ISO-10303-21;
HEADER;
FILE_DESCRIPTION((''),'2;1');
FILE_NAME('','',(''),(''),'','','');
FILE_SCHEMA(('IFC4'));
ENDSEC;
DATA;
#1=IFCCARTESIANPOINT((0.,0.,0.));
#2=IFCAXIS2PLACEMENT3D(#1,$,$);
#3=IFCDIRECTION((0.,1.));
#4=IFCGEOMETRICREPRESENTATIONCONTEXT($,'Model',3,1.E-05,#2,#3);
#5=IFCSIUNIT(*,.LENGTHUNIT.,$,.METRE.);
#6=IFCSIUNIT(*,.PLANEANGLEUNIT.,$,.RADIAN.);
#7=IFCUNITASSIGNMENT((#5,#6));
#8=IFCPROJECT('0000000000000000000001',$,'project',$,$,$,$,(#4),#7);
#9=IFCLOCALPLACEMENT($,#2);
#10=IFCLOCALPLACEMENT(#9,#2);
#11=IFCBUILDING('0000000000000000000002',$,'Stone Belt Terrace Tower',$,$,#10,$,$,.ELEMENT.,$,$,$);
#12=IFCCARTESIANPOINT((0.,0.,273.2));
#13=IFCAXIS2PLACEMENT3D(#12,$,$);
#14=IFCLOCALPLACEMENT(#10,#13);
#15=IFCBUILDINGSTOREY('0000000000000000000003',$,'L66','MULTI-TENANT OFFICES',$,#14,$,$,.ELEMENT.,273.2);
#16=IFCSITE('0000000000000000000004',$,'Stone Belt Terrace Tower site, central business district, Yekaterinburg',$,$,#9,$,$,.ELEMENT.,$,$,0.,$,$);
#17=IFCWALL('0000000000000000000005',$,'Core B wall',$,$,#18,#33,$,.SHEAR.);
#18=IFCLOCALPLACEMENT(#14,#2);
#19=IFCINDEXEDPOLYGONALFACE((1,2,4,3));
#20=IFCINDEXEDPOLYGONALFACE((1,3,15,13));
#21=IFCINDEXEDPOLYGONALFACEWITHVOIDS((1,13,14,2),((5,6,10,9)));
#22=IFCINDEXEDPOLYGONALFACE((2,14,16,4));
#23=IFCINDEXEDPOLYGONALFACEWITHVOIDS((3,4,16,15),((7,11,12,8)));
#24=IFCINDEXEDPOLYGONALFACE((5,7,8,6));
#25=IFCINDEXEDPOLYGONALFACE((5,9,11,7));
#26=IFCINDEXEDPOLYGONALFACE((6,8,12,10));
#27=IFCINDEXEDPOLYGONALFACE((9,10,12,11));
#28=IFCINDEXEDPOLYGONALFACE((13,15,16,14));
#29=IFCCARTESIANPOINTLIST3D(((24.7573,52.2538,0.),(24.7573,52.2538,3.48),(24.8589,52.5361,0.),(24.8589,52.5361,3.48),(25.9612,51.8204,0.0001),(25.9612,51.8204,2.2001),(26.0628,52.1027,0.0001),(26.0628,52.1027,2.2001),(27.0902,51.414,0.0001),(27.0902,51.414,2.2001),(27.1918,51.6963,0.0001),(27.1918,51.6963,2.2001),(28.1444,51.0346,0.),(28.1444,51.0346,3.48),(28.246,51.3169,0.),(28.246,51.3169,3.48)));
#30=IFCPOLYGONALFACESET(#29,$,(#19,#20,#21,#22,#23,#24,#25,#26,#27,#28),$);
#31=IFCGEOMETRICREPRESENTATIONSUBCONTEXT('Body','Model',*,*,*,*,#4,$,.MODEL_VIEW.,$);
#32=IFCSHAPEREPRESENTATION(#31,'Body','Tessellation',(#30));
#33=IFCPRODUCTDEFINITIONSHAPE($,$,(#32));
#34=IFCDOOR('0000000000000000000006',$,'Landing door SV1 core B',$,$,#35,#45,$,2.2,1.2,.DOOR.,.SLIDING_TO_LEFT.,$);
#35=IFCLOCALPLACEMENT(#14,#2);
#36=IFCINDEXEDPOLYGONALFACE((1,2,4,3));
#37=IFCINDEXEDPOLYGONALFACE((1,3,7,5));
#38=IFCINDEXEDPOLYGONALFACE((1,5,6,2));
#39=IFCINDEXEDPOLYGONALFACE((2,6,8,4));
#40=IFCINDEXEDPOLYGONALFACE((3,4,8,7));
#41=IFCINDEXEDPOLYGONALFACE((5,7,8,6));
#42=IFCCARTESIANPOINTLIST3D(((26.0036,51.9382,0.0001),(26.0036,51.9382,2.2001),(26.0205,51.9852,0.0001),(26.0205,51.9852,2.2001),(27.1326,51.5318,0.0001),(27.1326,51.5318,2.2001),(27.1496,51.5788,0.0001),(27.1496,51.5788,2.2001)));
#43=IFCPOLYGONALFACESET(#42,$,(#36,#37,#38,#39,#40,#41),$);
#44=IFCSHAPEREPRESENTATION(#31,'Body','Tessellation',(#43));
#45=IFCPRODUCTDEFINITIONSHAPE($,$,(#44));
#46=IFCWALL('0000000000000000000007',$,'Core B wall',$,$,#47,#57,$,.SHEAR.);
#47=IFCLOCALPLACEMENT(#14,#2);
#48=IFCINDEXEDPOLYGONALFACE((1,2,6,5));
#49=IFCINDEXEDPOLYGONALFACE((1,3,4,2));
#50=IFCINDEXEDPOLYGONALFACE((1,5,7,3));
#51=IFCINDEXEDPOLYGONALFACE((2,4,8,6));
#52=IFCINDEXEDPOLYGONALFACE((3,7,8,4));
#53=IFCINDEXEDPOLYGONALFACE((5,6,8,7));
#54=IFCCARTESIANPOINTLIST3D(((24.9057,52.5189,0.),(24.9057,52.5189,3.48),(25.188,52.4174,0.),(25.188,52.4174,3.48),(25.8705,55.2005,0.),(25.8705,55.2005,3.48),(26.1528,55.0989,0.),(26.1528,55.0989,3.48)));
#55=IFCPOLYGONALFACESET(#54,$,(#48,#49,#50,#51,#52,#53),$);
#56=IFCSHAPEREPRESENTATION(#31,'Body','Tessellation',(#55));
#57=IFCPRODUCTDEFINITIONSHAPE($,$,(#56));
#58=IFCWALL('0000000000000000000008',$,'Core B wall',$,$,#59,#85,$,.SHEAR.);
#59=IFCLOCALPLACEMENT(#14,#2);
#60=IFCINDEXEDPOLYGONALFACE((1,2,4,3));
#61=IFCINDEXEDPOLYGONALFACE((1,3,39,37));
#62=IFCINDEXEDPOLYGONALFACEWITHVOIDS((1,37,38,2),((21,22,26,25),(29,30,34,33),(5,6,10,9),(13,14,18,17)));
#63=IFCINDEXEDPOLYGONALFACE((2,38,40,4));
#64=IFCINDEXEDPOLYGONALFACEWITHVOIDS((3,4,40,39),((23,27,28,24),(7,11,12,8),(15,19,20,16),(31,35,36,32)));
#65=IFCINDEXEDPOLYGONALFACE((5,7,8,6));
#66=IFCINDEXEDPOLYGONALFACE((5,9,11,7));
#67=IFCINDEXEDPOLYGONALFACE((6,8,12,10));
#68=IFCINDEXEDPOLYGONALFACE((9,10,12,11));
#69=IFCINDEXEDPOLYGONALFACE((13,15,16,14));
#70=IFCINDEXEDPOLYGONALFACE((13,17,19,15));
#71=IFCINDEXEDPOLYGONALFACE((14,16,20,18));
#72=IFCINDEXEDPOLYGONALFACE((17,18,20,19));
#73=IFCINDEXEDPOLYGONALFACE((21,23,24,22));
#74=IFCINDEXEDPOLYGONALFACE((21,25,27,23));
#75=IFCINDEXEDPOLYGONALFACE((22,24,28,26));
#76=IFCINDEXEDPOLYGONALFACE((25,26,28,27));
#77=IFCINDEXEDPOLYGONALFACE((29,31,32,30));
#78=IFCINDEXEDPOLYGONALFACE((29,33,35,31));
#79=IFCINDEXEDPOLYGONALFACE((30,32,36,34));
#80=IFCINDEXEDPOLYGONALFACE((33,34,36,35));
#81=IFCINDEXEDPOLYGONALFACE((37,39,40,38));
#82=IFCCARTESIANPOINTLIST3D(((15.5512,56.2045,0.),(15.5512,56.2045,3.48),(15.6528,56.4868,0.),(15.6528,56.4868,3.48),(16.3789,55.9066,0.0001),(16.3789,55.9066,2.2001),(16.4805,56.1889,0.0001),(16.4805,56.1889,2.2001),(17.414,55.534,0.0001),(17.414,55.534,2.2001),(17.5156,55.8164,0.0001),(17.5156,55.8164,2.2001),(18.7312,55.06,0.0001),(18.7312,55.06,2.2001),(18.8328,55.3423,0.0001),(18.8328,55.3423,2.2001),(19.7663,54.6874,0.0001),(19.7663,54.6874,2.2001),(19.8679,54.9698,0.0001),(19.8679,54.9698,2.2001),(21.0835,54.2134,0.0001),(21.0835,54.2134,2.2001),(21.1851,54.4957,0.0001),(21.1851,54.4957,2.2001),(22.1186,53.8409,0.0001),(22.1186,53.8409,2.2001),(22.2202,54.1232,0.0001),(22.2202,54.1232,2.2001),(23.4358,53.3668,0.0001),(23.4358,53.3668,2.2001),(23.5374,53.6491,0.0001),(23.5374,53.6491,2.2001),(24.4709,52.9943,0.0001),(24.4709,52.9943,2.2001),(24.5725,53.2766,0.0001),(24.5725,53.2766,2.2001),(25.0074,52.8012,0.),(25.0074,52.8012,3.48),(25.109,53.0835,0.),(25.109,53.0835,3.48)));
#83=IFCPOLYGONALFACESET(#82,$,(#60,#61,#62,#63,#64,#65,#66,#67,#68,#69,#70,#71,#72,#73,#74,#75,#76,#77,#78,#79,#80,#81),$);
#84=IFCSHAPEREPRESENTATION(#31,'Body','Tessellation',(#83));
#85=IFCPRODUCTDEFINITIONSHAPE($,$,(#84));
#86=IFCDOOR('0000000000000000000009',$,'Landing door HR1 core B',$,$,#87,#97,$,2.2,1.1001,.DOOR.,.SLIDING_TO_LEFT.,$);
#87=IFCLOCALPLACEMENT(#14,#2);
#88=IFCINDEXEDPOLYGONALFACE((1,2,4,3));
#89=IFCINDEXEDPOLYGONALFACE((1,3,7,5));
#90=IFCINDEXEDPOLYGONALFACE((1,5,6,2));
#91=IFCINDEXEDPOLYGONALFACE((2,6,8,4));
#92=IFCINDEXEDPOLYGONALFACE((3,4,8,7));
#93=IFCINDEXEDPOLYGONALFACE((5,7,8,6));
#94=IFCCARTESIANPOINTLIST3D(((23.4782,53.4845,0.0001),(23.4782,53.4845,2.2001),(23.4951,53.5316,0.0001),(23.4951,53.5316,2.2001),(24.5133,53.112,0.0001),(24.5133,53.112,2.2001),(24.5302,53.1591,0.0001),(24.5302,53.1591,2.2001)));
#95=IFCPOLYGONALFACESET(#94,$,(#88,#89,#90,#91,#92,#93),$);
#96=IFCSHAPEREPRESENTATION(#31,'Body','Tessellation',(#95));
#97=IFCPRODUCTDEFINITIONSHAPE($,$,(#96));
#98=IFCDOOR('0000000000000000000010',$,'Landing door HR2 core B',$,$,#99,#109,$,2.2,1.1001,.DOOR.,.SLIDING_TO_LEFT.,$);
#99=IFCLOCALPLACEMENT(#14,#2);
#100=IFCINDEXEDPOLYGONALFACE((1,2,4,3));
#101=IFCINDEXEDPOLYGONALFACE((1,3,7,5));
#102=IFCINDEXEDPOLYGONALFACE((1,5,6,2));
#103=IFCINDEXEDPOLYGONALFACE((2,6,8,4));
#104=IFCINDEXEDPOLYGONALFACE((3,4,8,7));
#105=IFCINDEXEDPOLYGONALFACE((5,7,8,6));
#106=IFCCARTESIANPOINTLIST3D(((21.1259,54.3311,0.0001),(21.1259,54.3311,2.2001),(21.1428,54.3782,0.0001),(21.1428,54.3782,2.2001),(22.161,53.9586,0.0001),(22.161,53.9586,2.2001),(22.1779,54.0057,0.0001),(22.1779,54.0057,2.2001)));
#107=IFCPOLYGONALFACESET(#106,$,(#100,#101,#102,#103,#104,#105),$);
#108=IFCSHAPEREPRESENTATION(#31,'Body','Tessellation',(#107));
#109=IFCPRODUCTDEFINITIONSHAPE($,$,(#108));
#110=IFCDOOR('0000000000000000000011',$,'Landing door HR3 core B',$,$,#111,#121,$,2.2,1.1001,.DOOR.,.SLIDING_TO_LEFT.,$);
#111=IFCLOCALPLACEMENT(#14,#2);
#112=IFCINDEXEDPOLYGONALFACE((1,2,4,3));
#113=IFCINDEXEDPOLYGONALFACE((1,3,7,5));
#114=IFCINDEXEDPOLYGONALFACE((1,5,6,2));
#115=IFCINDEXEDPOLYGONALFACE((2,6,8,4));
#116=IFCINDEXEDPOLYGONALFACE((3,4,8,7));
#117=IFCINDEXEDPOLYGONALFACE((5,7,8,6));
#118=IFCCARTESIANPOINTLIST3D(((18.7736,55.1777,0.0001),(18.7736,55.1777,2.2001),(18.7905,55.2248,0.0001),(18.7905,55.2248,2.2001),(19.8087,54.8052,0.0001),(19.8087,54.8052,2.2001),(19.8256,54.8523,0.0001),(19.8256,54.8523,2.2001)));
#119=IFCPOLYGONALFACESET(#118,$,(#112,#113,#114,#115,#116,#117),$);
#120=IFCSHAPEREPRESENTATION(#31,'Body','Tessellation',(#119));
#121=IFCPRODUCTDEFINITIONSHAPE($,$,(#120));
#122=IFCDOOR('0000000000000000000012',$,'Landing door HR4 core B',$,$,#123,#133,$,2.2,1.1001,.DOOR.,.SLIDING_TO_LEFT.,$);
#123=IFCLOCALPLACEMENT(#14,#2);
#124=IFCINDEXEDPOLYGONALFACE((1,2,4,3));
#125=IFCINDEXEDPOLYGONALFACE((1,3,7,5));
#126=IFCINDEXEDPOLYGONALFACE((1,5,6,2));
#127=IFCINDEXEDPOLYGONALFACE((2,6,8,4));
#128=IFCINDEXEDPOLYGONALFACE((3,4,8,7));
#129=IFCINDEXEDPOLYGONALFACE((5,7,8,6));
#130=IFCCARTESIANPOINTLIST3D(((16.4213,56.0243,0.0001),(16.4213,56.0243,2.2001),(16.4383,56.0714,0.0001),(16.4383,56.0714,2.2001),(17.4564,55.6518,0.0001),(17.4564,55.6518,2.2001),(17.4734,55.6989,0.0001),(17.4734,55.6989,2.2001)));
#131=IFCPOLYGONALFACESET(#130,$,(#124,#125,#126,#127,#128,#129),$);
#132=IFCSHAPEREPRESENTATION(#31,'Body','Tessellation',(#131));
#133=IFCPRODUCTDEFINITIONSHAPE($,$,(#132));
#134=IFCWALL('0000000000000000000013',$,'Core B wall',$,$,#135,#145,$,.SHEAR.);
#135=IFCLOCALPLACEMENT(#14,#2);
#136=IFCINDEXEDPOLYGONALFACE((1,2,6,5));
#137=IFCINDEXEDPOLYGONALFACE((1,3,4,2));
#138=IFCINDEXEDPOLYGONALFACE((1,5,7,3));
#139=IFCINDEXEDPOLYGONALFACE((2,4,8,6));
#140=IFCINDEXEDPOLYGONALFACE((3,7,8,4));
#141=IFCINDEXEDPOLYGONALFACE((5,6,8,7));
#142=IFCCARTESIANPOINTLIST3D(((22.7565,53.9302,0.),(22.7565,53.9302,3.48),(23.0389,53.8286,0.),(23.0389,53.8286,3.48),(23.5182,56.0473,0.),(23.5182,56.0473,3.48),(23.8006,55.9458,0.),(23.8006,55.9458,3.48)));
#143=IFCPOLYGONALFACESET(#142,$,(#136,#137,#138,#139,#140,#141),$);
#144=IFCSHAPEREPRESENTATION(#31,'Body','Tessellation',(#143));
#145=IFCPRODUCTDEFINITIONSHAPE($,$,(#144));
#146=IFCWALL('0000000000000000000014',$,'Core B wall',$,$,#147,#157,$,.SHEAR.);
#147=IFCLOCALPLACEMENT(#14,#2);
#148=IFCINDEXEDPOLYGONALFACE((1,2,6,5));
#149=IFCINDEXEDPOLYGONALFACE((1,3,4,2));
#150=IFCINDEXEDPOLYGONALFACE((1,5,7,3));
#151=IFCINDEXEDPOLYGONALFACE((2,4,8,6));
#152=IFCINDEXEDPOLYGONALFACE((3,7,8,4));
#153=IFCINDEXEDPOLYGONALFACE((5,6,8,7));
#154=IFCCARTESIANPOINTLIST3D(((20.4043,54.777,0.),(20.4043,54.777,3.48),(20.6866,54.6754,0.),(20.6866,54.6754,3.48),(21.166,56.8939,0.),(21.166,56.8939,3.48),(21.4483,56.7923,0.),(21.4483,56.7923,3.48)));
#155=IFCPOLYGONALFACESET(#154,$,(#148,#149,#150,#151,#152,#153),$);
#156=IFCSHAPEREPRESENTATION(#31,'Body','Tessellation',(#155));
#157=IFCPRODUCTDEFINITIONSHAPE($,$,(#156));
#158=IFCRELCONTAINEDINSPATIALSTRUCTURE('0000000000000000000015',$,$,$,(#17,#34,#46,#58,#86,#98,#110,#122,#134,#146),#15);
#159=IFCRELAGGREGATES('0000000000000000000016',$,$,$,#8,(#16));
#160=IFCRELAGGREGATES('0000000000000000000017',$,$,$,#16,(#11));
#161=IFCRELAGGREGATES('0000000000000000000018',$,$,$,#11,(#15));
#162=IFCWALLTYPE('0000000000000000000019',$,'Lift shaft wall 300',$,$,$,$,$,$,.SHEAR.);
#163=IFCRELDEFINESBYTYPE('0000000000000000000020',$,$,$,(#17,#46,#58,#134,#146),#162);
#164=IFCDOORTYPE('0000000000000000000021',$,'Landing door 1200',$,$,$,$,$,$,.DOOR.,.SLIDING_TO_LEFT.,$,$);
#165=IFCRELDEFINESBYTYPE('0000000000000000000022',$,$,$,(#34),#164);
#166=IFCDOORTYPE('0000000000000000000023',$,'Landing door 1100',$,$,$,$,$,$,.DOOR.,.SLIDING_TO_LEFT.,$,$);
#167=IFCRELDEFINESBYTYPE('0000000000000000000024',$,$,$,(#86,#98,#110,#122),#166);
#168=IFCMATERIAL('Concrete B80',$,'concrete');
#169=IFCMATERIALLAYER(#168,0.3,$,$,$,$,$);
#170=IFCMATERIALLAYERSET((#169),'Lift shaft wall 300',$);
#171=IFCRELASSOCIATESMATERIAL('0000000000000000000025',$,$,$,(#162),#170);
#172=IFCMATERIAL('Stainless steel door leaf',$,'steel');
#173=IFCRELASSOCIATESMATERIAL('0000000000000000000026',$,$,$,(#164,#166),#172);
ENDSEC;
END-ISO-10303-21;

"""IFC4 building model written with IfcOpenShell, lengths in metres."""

from ifc_helpers import new_model, si_unit, direction, frame, frame_2d, origin, place, context, subcontext, project, spatial, rectangle, extrude, material, layer, layer_set, type_object, element, fill, save


model = new_model("IFC4")

# Units and contexts
model_context = context("Model", 3, precision=1e-05, world=origin(), true_north=direction((0.0, 1.0)))
body_context = subcontext(model_context, "Body", "Model", "MODEL_VIEW")
ifc_project = project(units=[si_unit("LENGTHUNIT", "METRE"), si_unit("PLANEANGLEUNIT", "RADIAN")], contexts=[model_context])

# Site, building, storey
site_placement = place(None, origin())
site = spatial("IfcSite", under=ifc_project, at=site_placement, Name="Stone Belt Terrace Tower site, central business district, Yekaterinburg", CompositionType="ELEMENT", RefElevation=0.0)
building_placement = place(site_placement, origin())
building = spatial("IfcBuilding", under=site, at=building_placement, Name="Stone Belt Terrace Tower", CompositionType="ELEMENT")
storey_placement = place(building_placement, frame((0.0, 0.0, 273.2)))
storey = spatial("IfcBuildingStorey", under=building, at=storey_placement, Name="L66", Description="MULTI-TENANT OFFICES", CompositionType="ELEMENT", Elevation=273.2)

# Shared definitions
ifc_material_1 = material(Name="Concrete B80", Category="concrete")

# Wall, opening, door
ifc_layer_1 = layer(ifc_material_1, 0.3)
ifc_layer_set_1 = layer_set([ifc_layer_1], Name="Lift shaft wall 300")
wall_type_1 = type_object("IfcWallType", Name="Lift shaft wall 300", PredefinedType="SHEAR", material=ifc_layer_set_1)
wall_1_placement = place(storey_placement, frame((28.1951, 51.1758, 0.0), z_axis=(0.0, 0.0, 1.0), x_axis=(-0.940901, 0.338681, 0.0)))
wall_1 = element("IfcWall", 1, at=wall_1_placement, inside=storey, type_object=wall_type_1, Name="Core B wall", PredefinedType="SHEAR", context=body_context, shape_type="SweptSolid", body=[
    extrude(rectangle(XDim=3.5999, YDim=0.3, at=frame_2d((1.7998, 0.0))), origin(), (0.0, 0.0, 1.0), 3.48),
])
opening_1_placement = place(wall_1_placement, frame((1.1201, 0.0, 0.0)))
opening_1 = element("IfcOpeningElement", 2, at=opening_1_placement, cuts=wall_1, PredefinedType="OPENING", context=body_context, shape_type="SweptSolid", body=[
    extrude(rectangle(XDim=1.2, YDim=2.2, at=frame_2d((0.6001, 1.1001))), frame((0.0, 0.1599, 0.0), z_axis=(0.0, -1.0, 0.0), x_axis=(1.0, 0.0, 0.0)), (0.0, 0.0, 1.0), 0.3201),
])
ifc_material_2 = material(Name="Stainless steel door leaf", Category="steel")
door_type_1 = type_object("IfcDoorType", Name="Landing door 1200", OperationType="SLIDING_TO_LEFT", PredefinedType="DOOR", material=ifc_material_2)
door_1_placement = place(opening_1_placement, origin())
door_1 = element("IfcDoor", 3, at=door_1_placement, inside=storey, type_object=door_type_1, Name="Landing door SV1 core B", OperationType="SLIDING_TO_LEFT", OverallHeight=2.2, OverallWidth=1.2, PredefinedType="DOOR", context=body_context, shape_type="SweptSolid", body=[
    extrude(rectangle(XDim=1.2, YDim=2.2, at=frame_2d((0.6001, 1.1001))), frame((0.0, 0.0249, 0.0), z_axis=(0.0, -1.0, 0.0), x_axis=(1.0, 0.0, 0.0)), (0.0, 0.0, 1.0), 0.05),
])
fill(opening_1, door_1)

# Wall
wall_2_placement = place(storey_placement, frame((25.0469, 52.4683, 0.0), z_axis=(0.0, 0.0, 1.0), x_axis=(0.33855, 0.940949, 0.0)))
element("IfcWall", 4, at=wall_2_placement, inside=storey, type_object=wall_type_1, Name="Core B wall", PredefinedType="SHEAR", context=body_context, shape_type="SweptSolid", body=[
    extrude(rectangle(XDim=2.8499, YDim=0.3, at=frame_2d((1.4248, 0.0))), origin(), (0.0, 0.0, 1.0), 3.48),
])

# Wall, openings, doors
wall_3_placement = place(storey_placement, frame((25.0581, 52.9424, 0.0), z_axis=(0.0, 0.0, 1.0), x_axis=(-0.940917, 0.338636, 0.0)))
wall_3 = element("IfcWall", 5, at=wall_3_placement, inside=storey, type_object=wall_type_1, Name="Core B wall", PredefinedType="SHEAR", context=body_context, shape_type="SweptSolid", body=[
    extrude(rectangle(XDim=10.05, YDim=0.3, at=frame_2d((5.0249, 0.0))), origin(), (0.0, 0.0, 1.0), 3.48),
])
opening_2_placement = place(wall_3_placement, frame((0.5701, 0.0, 0.0)))
opening_2 = element("IfcOpeningElement", 6, at=opening_2_placement, cuts=wall_3, PredefinedType="OPENING", context=body_context, shape_type="SweptSolid", body=[
    extrude(rectangle(XDim=1.1001, YDim=2.2, at=frame_2d((0.55, 1.1001))), frame((0.0, 0.1599, 0.0), z_axis=(0.0, -1.0, 0.0), x_axis=(1.0, 0.0, 0.0)), (0.0, 0.0, 1.0), 0.3201),
])
opening_3_placement = place(wall_3_placement, frame((3.0701, 0.0, 0.0)))
opening_3 = element("IfcOpeningElement", 7, at=opening_3_placement, cuts=wall_3, PredefinedType="OPENING", context=body_context, shape_type="SweptSolid", body=[
    extrude(rectangle(XDim=1.1001, YDim=2.2, at=frame_2d((0.55, 1.1001))), frame((0.0, 0.1599, 0.0), z_axis=(0.0, -1.0, 0.0), x_axis=(1.0, 0.0, 0.0)), (0.0, 0.0, 1.0), 0.3201),
])
opening_4_placement = place(wall_3_placement, frame((5.5701, 0.0, 0.0)))
opening_4 = element("IfcOpeningElement", 8, at=opening_4_placement, cuts=wall_3, PredefinedType="OPENING", context=body_context, shape_type="SweptSolid", body=[
    extrude(rectangle(XDim=1.1001, YDim=2.2, at=frame_2d((0.55, 1.1001))), frame((0.0, 0.1599, 0.0), z_axis=(0.0, -1.0, 0.0), x_axis=(1.0, 0.0, 0.0)), (0.0, 0.0, 1.0), 0.3201),
])
opening_5_placement = place(wall_3_placement, frame((8.0701, 0.0, 0.0)))
opening_5 = element("IfcOpeningElement", 9, at=opening_5_placement, cuts=wall_3, PredefinedType="OPENING", context=body_context, shape_type="SweptSolid", body=[
    extrude(rectangle(XDim=1.1001, YDim=2.2, at=frame_2d((0.55, 1.1001))), frame((0.0, 0.1599, 0.0), z_axis=(0.0, -1.0, 0.0), x_axis=(1.0, 0.0, 0.0)), (0.0, 0.0, 1.0), 0.3201),
])
door_type_2 = type_object("IfcDoorType", Name="Landing door 1100", OperationType="SLIDING_TO_LEFT", PredefinedType="DOOR", material=ifc_material_2)
door_2_placement = place(opening_2_placement, origin())
door_2 = element("IfcDoor", 10, at=door_2_placement, inside=storey, type_object=door_type_2, Name="Landing door HR1 core B", OperationType="SLIDING_TO_LEFT", OverallHeight=2.2, OverallWidth=1.1001, PredefinedType="DOOR", context=body_context, shape_type="SweptSolid", body=[
    extrude(rectangle(XDim=1.1001, YDim=2.2, at=frame_2d((0.55, 1.1001))), frame((0.0, 0.0249, 0.0), z_axis=(0.0, -1.0, 0.0), x_axis=(1.0, 0.0, 0.0)), (0.0, 0.0, 1.0), 0.05),
])
fill(opening_2, door_2)
door_3_placement = place(opening_3_placement, origin())
door_3 = element("IfcDoor", 11, at=door_3_placement, inside=storey, type_object=door_type_2, Name="Landing door HR2 core B", OperationType="SLIDING_TO_LEFT", OverallHeight=2.2, OverallWidth=1.1001, PredefinedType="DOOR", context=body_context, shape_type="SweptSolid", body=[
    extrude(rectangle(XDim=1.1001, YDim=2.2, at=frame_2d((0.55, 1.1001))), frame((0.0, 0.0249, 0.0), z_axis=(0.0, -1.0, 0.0), x_axis=(1.0, 0.0, 0.0)), (0.0, 0.0, 1.0), 0.05),
])
fill(opening_3, door_3)
door_4_placement = place(opening_4_placement, origin())
door_4 = element("IfcDoor", 12, at=door_4_placement, inside=storey, type_object=door_type_2, Name="Landing door HR3 core B", OperationType="SLIDING_TO_LEFT", OverallHeight=2.2, OverallWidth=1.1001, PredefinedType="DOOR", context=body_context, shape_type="SweptSolid", body=[
    extrude(rectangle(XDim=1.1001, YDim=2.2, at=frame_2d((0.55, 1.1001))), frame((0.0, 0.0249, 0.0), z_axis=(0.0, -1.0, 0.0), x_axis=(1.0, 0.0, 0.0)), (0.0, 0.0, 1.0), 0.05),
])
fill(opening_4, door_4)
door_5_placement = place(opening_5_placement, origin())
door_5 = element("IfcDoor", 13, at=door_5_placement, inside=storey, type_object=door_type_2, Name="Landing door HR4 core B", OperationType="SLIDING_TO_LEFT", OverallHeight=2.2, OverallWidth=1.1001, PredefinedType="DOOR", context=body_context, shape_type="SweptSolid", body=[
    extrude(rectangle(XDim=1.1001, YDim=2.2, at=frame_2d((0.55, 1.1001))), frame((0.0, 0.0249, 0.0), z_axis=(0.0, -1.0, 0.0), x_axis=(1.0, 0.0, 0.0)), (0.0, 0.0, 1.0), 0.05),
])
fill(opening_5, door_5)

# Walls
wall_4_placement = place(storey_placement, frame((22.8977, 53.8794, 0.0), z_axis=(0.0, 0.0, 1.0), x_axis=(0.338535, 0.940954, 0.0)))
element("IfcWall", 14, at=wall_4_placement, inside=storey, type_object=wall_type_1, Name="Core B wall", PredefinedType="SHEAR", context=body_context, shape_type="SweptSolid", body=[
    extrude(rectangle(XDim=2.25, YDim=0.3, at=frame_2d((1.125, 0.0))), origin(), (0.0, 0.0, 1.0), 3.48),
])
wall_5_placement = place(storey_placement, frame((20.5454, 54.7261, 0.0), z_axis=(0.0, 0.0, 1.0), x_axis=(0.33857, 0.940941, 0.0)))
element("IfcWall", 15, at=wall_5_placement, inside=storey, type_object=wall_type_1, Name="Core B wall", PredefinedType="SHEAR", context=body_context, shape_type="SweptSolid", body=[
    extrude(rectangle(XDim=2.2498, YDim=0.3, at=frame_2d((1.125, 0.0))), origin(), (0.0, 0.0, 1.0), 3.48),
])

save(model, "model.ifc")
